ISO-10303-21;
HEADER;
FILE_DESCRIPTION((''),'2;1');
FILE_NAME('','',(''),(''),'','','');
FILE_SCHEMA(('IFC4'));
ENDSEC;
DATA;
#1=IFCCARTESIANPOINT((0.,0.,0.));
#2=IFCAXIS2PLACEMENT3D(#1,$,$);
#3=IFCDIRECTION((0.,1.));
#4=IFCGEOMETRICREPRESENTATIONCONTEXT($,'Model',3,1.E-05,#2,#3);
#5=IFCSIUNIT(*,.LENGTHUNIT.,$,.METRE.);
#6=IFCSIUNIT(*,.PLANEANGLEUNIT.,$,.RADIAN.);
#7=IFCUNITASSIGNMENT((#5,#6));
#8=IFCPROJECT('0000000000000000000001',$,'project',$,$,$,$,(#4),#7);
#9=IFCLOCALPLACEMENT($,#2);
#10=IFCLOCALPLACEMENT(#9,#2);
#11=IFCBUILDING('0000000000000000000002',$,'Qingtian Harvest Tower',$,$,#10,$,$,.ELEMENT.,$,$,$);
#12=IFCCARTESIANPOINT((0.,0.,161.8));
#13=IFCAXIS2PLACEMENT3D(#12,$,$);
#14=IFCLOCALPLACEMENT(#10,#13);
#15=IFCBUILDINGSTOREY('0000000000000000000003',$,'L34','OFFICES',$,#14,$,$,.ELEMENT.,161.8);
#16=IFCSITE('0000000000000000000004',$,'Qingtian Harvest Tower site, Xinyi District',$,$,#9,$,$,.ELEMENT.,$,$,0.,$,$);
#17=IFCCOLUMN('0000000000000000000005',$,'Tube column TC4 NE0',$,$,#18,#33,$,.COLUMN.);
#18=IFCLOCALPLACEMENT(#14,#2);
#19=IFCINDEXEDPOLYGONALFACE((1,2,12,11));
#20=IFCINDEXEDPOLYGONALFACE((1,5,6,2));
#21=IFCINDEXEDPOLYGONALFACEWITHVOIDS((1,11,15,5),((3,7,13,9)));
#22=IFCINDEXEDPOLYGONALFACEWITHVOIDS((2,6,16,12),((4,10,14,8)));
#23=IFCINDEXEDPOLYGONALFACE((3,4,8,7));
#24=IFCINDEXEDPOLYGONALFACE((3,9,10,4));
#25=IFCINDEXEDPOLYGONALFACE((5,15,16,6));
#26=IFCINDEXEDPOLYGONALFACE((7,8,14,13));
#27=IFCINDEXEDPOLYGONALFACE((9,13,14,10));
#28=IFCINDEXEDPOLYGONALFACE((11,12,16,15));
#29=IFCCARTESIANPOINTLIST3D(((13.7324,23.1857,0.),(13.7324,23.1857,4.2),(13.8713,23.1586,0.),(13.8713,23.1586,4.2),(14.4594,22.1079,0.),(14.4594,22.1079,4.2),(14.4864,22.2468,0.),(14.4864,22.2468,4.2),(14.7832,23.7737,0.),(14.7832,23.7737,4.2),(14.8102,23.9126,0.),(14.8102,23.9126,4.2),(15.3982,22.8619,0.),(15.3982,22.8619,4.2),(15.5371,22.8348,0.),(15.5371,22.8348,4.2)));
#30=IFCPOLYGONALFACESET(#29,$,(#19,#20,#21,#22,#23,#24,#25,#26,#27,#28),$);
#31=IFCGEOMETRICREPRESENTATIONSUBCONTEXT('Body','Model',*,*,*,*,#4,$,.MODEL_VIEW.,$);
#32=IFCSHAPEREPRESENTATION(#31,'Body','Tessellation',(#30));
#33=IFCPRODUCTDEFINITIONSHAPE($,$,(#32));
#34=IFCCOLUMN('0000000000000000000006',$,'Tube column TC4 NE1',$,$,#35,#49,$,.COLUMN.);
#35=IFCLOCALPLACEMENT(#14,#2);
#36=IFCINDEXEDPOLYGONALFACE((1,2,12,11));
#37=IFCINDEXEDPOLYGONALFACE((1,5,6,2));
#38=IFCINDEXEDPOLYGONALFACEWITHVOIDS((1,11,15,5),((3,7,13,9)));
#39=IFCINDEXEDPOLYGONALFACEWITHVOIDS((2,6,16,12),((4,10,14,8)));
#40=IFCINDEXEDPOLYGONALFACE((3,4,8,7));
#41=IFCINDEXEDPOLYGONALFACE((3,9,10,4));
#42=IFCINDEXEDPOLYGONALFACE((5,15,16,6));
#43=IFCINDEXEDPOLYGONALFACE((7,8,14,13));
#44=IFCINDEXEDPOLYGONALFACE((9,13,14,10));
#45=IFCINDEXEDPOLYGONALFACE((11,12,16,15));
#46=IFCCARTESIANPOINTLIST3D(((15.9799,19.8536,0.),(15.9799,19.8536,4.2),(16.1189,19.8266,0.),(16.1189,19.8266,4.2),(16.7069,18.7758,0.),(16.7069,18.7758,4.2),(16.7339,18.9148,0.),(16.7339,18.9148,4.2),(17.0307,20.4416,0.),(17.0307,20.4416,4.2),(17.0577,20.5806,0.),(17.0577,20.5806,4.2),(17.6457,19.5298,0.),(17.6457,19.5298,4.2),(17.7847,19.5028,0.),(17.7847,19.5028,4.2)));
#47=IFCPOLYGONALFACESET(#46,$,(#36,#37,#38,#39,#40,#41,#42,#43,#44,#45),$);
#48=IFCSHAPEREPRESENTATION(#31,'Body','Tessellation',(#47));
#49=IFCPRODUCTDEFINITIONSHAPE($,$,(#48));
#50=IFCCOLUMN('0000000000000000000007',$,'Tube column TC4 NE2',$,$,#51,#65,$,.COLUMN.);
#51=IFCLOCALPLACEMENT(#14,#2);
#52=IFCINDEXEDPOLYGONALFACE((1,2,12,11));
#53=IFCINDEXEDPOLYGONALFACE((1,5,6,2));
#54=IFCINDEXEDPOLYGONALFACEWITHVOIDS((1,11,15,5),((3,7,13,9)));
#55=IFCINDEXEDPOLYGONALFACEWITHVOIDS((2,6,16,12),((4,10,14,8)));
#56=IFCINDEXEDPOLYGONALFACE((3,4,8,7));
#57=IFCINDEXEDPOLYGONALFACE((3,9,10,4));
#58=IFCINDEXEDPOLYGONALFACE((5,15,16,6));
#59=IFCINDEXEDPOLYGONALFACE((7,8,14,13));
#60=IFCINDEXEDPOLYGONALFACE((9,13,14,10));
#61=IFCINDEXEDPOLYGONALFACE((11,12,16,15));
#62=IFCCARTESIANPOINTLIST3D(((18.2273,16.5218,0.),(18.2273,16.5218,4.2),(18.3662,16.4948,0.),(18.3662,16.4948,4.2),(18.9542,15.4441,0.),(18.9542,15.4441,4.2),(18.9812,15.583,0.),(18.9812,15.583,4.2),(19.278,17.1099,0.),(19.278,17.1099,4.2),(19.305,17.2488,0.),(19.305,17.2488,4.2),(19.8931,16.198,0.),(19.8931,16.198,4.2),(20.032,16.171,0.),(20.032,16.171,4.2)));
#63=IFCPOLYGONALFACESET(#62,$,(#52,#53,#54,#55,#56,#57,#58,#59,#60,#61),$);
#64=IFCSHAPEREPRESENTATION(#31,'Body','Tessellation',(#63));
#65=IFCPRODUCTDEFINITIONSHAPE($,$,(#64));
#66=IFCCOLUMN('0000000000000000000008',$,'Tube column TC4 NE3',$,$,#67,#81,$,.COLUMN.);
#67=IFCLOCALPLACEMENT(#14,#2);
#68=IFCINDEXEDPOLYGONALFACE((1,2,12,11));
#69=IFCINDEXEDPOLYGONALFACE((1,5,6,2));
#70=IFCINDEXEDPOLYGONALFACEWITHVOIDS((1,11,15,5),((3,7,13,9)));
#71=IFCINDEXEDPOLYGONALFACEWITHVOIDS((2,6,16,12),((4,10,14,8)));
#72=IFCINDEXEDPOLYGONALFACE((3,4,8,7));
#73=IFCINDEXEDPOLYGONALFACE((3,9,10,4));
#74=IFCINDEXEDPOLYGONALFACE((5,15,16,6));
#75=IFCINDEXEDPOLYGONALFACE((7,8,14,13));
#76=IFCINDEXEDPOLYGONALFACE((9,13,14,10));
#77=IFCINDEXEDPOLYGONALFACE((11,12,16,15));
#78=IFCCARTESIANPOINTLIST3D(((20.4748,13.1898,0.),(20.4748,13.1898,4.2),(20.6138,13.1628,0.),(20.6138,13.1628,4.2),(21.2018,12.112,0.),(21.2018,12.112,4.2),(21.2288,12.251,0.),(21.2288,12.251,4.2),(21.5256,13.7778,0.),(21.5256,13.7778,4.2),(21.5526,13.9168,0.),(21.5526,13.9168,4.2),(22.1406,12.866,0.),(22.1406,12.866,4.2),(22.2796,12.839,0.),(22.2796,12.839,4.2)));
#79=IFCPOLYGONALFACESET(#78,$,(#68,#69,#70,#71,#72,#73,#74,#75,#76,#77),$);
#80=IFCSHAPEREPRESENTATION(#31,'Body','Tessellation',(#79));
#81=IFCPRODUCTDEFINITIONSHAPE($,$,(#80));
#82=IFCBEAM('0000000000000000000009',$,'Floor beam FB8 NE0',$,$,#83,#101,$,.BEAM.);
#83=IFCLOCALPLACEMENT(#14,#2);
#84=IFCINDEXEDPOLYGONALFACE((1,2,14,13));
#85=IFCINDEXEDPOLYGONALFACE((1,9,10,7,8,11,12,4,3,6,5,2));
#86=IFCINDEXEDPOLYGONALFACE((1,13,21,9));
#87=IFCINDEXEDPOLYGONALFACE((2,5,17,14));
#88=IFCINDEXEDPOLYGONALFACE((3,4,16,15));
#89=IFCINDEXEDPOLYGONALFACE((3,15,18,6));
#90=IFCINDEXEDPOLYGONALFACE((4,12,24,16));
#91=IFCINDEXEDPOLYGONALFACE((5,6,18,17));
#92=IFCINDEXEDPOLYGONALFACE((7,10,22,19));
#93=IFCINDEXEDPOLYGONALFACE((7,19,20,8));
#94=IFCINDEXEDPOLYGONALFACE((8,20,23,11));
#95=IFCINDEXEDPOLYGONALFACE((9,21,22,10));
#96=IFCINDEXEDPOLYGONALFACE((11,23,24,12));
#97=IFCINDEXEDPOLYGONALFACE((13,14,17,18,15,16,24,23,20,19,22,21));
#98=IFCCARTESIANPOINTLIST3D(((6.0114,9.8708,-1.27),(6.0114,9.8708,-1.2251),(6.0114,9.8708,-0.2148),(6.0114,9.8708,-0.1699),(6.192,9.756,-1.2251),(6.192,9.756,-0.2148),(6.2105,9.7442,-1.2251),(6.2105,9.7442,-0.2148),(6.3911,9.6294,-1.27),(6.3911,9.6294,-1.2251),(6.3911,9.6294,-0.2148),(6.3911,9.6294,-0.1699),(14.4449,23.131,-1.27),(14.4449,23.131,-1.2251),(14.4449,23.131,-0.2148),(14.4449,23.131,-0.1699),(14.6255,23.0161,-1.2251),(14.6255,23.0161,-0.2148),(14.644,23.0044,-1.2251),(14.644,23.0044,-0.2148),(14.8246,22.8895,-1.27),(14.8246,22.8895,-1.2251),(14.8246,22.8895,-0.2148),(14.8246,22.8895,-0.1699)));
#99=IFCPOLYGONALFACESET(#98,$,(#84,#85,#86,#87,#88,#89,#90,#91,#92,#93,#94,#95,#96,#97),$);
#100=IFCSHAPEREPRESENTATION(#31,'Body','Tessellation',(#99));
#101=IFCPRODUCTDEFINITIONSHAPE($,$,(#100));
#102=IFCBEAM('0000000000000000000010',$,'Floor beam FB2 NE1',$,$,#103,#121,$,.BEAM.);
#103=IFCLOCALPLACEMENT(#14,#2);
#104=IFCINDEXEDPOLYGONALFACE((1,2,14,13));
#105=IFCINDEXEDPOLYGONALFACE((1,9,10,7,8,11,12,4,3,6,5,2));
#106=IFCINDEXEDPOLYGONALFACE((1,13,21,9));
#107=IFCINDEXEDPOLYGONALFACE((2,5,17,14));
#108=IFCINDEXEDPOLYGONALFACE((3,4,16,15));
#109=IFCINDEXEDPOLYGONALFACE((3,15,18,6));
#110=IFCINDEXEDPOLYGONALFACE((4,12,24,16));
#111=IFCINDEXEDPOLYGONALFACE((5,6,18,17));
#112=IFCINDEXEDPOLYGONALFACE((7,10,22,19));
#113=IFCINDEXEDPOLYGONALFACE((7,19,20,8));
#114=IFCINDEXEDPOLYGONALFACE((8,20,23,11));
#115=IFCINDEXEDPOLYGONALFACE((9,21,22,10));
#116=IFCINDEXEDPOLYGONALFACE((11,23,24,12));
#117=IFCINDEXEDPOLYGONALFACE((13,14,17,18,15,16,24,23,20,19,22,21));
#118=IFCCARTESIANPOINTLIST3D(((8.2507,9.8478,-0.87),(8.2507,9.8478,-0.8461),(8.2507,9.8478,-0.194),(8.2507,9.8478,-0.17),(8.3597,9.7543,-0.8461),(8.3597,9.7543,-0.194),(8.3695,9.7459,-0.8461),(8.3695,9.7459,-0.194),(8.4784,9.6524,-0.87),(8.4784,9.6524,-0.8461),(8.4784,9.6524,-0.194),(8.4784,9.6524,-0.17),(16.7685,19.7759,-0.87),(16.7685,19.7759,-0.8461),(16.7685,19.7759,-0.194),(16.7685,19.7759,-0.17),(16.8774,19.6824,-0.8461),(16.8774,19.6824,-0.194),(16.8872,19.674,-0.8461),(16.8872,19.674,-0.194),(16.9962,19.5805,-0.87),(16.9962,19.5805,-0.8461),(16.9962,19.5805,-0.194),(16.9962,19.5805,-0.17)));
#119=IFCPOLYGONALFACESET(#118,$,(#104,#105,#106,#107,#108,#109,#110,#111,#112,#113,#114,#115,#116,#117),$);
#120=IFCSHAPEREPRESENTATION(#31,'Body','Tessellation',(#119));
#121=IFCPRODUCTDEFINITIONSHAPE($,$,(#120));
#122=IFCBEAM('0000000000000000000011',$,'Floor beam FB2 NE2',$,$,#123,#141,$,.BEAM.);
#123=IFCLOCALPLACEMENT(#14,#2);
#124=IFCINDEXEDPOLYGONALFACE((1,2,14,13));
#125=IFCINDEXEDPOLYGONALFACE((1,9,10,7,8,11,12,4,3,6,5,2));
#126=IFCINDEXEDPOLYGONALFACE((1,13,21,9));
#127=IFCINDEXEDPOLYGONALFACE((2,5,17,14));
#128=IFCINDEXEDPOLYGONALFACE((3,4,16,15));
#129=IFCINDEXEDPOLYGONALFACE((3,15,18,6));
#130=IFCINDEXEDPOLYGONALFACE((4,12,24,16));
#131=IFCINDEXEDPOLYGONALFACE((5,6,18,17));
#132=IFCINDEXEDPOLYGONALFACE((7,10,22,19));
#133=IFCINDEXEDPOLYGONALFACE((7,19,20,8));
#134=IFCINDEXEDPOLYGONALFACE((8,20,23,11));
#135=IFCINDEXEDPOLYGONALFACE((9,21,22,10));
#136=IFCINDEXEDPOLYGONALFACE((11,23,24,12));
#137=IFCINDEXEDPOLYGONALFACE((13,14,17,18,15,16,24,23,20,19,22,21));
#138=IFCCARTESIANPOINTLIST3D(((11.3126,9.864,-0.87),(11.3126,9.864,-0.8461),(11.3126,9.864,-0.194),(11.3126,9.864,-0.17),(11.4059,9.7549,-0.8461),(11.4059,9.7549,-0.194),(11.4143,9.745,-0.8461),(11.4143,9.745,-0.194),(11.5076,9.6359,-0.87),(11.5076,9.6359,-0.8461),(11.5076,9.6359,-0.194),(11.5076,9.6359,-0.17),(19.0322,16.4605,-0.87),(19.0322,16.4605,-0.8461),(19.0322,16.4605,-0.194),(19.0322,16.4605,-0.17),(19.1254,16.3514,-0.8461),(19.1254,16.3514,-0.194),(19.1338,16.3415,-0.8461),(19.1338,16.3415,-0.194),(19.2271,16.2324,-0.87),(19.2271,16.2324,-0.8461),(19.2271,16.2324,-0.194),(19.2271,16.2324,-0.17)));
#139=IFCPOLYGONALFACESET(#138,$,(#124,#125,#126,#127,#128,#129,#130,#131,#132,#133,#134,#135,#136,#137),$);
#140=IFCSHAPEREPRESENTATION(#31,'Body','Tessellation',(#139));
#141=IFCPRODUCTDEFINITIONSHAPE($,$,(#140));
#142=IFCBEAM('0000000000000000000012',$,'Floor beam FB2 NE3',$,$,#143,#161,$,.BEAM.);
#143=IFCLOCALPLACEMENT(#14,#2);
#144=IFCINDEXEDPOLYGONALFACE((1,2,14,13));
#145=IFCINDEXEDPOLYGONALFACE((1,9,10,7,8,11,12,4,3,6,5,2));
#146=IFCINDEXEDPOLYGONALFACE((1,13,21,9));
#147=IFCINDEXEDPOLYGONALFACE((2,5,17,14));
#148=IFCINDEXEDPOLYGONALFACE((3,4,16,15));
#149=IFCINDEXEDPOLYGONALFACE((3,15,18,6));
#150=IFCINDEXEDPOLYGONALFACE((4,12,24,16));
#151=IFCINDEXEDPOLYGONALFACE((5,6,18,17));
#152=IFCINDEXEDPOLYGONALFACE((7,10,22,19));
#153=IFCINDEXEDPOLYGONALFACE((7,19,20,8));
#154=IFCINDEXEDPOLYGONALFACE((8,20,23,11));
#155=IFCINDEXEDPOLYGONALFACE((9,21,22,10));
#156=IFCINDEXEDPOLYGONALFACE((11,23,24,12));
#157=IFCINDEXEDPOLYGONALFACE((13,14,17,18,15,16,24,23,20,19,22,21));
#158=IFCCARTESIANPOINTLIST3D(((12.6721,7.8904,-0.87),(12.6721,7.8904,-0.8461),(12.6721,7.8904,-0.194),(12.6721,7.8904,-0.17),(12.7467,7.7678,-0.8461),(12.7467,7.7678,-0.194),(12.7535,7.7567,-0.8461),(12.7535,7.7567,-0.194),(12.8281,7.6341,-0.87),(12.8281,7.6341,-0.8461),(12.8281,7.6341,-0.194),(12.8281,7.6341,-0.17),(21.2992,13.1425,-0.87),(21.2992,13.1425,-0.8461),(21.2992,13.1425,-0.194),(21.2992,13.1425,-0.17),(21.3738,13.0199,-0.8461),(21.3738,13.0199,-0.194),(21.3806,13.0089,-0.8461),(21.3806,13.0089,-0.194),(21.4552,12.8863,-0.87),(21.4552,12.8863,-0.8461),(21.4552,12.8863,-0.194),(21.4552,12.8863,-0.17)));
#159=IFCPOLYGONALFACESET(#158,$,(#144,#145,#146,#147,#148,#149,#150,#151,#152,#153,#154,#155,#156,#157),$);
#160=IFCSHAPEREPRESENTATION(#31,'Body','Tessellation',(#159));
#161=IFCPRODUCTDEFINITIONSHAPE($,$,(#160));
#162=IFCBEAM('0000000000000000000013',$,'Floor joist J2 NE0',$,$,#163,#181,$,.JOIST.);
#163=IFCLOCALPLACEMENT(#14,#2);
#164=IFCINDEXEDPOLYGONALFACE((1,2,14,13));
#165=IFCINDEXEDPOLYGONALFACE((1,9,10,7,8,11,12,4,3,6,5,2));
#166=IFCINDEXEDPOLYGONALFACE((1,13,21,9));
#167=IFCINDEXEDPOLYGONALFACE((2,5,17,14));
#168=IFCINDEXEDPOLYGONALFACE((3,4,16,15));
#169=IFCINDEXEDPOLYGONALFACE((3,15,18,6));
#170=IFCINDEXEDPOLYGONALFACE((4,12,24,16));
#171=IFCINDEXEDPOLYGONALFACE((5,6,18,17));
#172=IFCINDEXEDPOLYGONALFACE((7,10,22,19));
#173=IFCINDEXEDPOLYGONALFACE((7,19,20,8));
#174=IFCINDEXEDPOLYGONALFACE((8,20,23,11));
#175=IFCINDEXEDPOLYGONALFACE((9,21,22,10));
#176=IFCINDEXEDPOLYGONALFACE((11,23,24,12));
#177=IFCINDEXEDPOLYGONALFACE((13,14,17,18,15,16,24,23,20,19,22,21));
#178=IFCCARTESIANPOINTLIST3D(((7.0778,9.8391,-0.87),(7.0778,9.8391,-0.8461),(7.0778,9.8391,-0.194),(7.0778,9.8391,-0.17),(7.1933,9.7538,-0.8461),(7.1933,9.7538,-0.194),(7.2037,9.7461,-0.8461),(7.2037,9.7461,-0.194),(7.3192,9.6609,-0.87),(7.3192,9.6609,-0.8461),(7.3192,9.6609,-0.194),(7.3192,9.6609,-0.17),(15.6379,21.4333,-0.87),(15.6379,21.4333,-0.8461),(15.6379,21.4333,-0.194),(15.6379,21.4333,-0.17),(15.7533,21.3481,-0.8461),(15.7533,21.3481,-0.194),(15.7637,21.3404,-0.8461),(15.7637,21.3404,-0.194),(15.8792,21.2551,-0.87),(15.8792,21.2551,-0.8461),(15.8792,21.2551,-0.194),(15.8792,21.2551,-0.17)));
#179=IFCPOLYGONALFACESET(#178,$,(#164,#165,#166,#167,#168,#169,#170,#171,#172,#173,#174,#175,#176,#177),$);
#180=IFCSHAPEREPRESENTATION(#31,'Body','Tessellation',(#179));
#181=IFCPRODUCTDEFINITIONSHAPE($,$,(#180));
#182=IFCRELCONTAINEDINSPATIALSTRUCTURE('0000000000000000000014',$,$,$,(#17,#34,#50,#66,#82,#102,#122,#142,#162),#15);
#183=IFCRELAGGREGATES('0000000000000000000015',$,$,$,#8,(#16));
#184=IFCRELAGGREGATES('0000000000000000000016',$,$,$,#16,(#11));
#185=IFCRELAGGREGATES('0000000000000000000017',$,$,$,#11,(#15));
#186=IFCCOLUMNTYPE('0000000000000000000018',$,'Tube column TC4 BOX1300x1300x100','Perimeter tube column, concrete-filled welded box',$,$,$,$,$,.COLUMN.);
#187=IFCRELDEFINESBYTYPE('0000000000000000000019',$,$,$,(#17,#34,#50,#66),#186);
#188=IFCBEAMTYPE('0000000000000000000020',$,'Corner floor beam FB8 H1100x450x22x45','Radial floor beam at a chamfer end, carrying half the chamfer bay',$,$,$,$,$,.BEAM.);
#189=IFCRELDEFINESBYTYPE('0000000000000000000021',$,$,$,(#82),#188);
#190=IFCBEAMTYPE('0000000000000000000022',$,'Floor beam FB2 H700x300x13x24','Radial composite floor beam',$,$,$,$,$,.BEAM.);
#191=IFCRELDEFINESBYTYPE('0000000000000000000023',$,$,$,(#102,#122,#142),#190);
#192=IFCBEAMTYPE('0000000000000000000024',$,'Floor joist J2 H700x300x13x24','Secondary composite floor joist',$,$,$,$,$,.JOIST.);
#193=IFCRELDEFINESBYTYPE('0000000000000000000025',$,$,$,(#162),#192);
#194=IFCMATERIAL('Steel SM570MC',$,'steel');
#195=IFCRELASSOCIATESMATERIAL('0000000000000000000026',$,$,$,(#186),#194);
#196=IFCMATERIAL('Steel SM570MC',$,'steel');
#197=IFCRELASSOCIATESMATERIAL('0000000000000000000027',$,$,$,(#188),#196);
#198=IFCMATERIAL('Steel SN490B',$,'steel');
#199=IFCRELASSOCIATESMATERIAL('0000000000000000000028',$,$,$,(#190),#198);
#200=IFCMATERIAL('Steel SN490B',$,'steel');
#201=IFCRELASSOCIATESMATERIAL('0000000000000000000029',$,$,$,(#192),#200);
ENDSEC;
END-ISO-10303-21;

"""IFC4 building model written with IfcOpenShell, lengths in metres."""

from ifc_helpers import new_model, si_unit, direction, frame, origin, origin_2d, place, context, subcontext, project, spatial, hollow_rectangle, i_section, extrude, material, material_profile, profile_set, type_object, element, save


model = new_model("IFC4")

# Units and contexts
model_context = context("Model", 3, precision=1e-05, world=origin(), true_north=direction((0.0, 1.0)))
body_context = subcontext(model_context, "Body", "Model", "MODEL_VIEW")
ifc_project = project(units=[si_unit("LENGTHUNIT", "METRE"), si_unit("PLANEANGLEUNIT", "RADIAN")], contexts=[model_context])

# Site, building, storey
site_placement = place(None, origin())
site = spatial("IfcSite", under=ifc_project, at=site_placement, Name="Qingtian Harvest Tower site, Xinyi District", CompositionType="ELEMENT", RefElevation=0.0)
building_placement = place(site_placement, origin())
building = spatial("IfcBuilding", under=site, at=building_placement, Name="Qingtian Harvest Tower", CompositionType="ELEMENT")
storey_placement = place(building_placement, frame((0.0, 0.0, 161.8)))
storey = spatial("IfcBuildingStorey", under=building, at=storey_placement, Name="L34", Description="OFFICES", CompositionType="ELEMENT", Elevation=161.8)

# Columns
ifc_material_1 = material(Name="Steel SM570MC", Category="steel")
ifc_material_profile_1 = material_profile(ifc_material_1, hollow_rectangle(XDim=1.3, YDim=1.3, WallThickness=0.1001, at=origin_2d()), Name="BOX1300x1300x100")
ifc_profile_set_1 = profile_set([ifc_material_profile_1], Name="Steel SM570MC")
column_type = type_object("IfcColumnType", Name="Tube column TC4 BOX1300x1300x100", Description="Perimeter tube column, concrete-filled welded box", PredefinedType="COLUMN", material=ifc_profile_set_1)
for number, where, z_axis, x_axis, name in (
    (1, (14.6348, 23.0103, 0.0), (0.0, 0.0, 1.0), (-0.559193, 0.829038, 0.0), "Tube column TC4 NE0"),
    (2, (16.8823, 19.6782, 0.0), (0.0, 0.0, 1.0), (-0.559193, 0.829038, 0.0), "Tube column TC4 NE1"),
    (3, (19.1296, 16.3464, 0.0), (0.0, 0.0, 1.0), (-0.559193, 0.829038, 0.0), "Tube column TC4 NE2"),
    (4, (21.3772, 13.0144, 0.0), (0.0, 0.0, 1.0), (-0.559193, 0.829038, 0.0), "Tube column TC4 NE3"),
):
    element("IfcColumn", number, at=place(storey_placement, frame(where, z_axis=z_axis, x_axis=x_axis)), inside=storey, type_object=column_type, Name=name, PredefinedType="COLUMN", context=body_context, shape_type="SweptSolid", body=[
        extrude(hollow_rectangle(XDim=1.3, YDim=1.3, WallThickness=0.1001, at=origin_2d()), origin(), (0.0, 0.0, 1.0), 4.2),
    ])

# Beams
ifc_material_2 = material(Name="Steel SM570MC", Category="steel")
ifc_material_profile_2 = material_profile(ifc_material_2, i_section(OverallWidth=0.45, OverallDepth=1.1001, WebThickness=0.022, FlangeThickness=0.0449, at=origin_2d()), Name="H1100x450x22x45")
ifc_profile_set_2 = profile_set([ifc_material_profile_2], Name="Steel SM570MC")
beam_type_1 = type_object("IfcBeamType", Name="Corner floor beam FB8 H1100x450x22x45", Description="Radial floor beam at a chamfer end, carrying half the chamfer bay", PredefinedType="BEAM", material=ifc_profile_set_2)
beam_1_placement = place(storey_placement, frame((14.6348, 23.0103, -0.72), z_axis=(-0.53666, -0.843798, 0.0), x_axis=(0.843798, -0.53666, 0.0)))
element("IfcBeam", 5, at=beam_1_placement, inside=storey, type_object=beam_type_1, Name="Floor beam FB8 NE0", PredefinedType="BEAM", context=body_context, shape_type="SweptSolid", body=[
    extrude(i_section(OverallWidth=0.45, OverallDepth=1.1001, WebThickness=0.022, FlangeThickness=0.0449, at=origin_2d()), origin(), (0.0, 0.0, 1.0), 15.7148),
])
ifc_material_3 = material(Name="Steel SN490B", Category="steel")
ifc_material_profile_3 = material_profile(ifc_material_3, i_section(OverallWidth=0.3, OverallDepth=0.7, WebThickness=0.0129, FlangeThickness=0.0239, at=origin_2d()), Name="H700x300x13x24")
ifc_profile_set_3 = profile_set([ifc_material_profile_3], Name="Steel SN490B")
beam_type_2 = type_object("IfcBeamType", Name="Floor beam FB2 H700x300x13x24", Description="Radial composite floor beam", PredefinedType="BEAM", material=ifc_profile_set_3)
beam_2_placement = place(storey_placement, frame((16.8823, 19.6782, -0.52), z_axis=(-0.65114, -0.758957, 0.0), x_axis=(0.758957, -0.65114, 0.0)))
element("IfcBeam", 6, at=beam_2_placement, inside=storey, type_object=beam_type_2, Name="Floor beam FB2 NE1", PredefinedType="BEAM", context=body_context, shape_type="SweptSolid", body=[
    extrude(i_section(OverallWidth=0.3, OverallDepth=0.7, WebThickness=0.0129, FlangeThickness=0.0239, at=origin_2d()), origin(), (0.0, 0.0, 1.0), 13.0813),
])
beam_3_placement = place(storey_placement, frame((19.1296, 16.3464, -0.52), z_axis=(-0.760242, -0.64964, 0.0), x_axis=(0.64964, -0.760242, 0.0)))
element("IfcBeam", 7, at=beam_3_placement, inside=storey, type_object=beam_type_2, Name="Floor beam FB2 NE2", PredefinedType="BEAM", context=body_context, shape_type="SweptSolid", body=[
    extrude(i_section(OverallWidth=0.3, OverallDepth=0.7, WebThickness=0.0129, FlangeThickness=0.0239, at=origin_2d()), origin(), (0.0, 0.0, 1.0), 10.1541),
])
beam_4_placement = place(storey_placement, frame((21.3772, 13.0144, -0.52), z_axis=(-0.854161, -0.520009, 0.0), x_axis=(0.520009, -0.854161, 0.0)))
element("IfcBeam", 8, at=beam_4_placement, inside=storey, type_object=beam_type_2, Name="Floor beam FB2 NE3", PredefinedType="BEAM", context=body_context, shape_type="SweptSolid", body=[
    extrude(i_section(OverallWidth=0.3, OverallDepth=0.7, WebThickness=0.0129, FlangeThickness=0.0239, at=origin_2d()), origin(), (0.0, 0.0, 1.0), 10.1001),
])
ifc_material_4 = material(Name="Steel SN490B", Category="steel")
ifc_material_profile_4 = material_profile(ifc_material_4, i_section(OverallWidth=0.3, OverallDepth=0.7, WebThickness=0.0129, FlangeThickness=0.0239, at=origin_2d()), Name="H700x300x13x24")
ifc_profile_set_4 = profile_set([ifc_material_profile_4], Name="Steel SN490B")
beam_type_3 = type_object("IfcBeamType", Name="Floor joist J2 H700x300x13x24", Description="Secondary composite floor joist", PredefinedType="JOIST", material=ifc_profile_set_4)
beam_5_placement = place(storey_placement, frame((15.7585, 21.3442, -0.52), z_axis=(-0.59396, -0.804494, 0.0), x_axis=(0.804494, -0.59396, 0.0)))
element("IfcBeam", 9, at=beam_5_placement, inside=storey, type_object=beam_type_3, Name="Floor joist J2 NE0", PredefinedType="JOIST", context=body_context, shape_type="SweptSolid", body=[
    extrude(i_section(OverallWidth=0.3, OverallDepth=0.7, WebThickness=0.0129, FlangeThickness=0.0239, at=origin_2d()), origin(), (0.0, 0.0, 1.0), 14.4119),
])

save(model, "model.ifc")
